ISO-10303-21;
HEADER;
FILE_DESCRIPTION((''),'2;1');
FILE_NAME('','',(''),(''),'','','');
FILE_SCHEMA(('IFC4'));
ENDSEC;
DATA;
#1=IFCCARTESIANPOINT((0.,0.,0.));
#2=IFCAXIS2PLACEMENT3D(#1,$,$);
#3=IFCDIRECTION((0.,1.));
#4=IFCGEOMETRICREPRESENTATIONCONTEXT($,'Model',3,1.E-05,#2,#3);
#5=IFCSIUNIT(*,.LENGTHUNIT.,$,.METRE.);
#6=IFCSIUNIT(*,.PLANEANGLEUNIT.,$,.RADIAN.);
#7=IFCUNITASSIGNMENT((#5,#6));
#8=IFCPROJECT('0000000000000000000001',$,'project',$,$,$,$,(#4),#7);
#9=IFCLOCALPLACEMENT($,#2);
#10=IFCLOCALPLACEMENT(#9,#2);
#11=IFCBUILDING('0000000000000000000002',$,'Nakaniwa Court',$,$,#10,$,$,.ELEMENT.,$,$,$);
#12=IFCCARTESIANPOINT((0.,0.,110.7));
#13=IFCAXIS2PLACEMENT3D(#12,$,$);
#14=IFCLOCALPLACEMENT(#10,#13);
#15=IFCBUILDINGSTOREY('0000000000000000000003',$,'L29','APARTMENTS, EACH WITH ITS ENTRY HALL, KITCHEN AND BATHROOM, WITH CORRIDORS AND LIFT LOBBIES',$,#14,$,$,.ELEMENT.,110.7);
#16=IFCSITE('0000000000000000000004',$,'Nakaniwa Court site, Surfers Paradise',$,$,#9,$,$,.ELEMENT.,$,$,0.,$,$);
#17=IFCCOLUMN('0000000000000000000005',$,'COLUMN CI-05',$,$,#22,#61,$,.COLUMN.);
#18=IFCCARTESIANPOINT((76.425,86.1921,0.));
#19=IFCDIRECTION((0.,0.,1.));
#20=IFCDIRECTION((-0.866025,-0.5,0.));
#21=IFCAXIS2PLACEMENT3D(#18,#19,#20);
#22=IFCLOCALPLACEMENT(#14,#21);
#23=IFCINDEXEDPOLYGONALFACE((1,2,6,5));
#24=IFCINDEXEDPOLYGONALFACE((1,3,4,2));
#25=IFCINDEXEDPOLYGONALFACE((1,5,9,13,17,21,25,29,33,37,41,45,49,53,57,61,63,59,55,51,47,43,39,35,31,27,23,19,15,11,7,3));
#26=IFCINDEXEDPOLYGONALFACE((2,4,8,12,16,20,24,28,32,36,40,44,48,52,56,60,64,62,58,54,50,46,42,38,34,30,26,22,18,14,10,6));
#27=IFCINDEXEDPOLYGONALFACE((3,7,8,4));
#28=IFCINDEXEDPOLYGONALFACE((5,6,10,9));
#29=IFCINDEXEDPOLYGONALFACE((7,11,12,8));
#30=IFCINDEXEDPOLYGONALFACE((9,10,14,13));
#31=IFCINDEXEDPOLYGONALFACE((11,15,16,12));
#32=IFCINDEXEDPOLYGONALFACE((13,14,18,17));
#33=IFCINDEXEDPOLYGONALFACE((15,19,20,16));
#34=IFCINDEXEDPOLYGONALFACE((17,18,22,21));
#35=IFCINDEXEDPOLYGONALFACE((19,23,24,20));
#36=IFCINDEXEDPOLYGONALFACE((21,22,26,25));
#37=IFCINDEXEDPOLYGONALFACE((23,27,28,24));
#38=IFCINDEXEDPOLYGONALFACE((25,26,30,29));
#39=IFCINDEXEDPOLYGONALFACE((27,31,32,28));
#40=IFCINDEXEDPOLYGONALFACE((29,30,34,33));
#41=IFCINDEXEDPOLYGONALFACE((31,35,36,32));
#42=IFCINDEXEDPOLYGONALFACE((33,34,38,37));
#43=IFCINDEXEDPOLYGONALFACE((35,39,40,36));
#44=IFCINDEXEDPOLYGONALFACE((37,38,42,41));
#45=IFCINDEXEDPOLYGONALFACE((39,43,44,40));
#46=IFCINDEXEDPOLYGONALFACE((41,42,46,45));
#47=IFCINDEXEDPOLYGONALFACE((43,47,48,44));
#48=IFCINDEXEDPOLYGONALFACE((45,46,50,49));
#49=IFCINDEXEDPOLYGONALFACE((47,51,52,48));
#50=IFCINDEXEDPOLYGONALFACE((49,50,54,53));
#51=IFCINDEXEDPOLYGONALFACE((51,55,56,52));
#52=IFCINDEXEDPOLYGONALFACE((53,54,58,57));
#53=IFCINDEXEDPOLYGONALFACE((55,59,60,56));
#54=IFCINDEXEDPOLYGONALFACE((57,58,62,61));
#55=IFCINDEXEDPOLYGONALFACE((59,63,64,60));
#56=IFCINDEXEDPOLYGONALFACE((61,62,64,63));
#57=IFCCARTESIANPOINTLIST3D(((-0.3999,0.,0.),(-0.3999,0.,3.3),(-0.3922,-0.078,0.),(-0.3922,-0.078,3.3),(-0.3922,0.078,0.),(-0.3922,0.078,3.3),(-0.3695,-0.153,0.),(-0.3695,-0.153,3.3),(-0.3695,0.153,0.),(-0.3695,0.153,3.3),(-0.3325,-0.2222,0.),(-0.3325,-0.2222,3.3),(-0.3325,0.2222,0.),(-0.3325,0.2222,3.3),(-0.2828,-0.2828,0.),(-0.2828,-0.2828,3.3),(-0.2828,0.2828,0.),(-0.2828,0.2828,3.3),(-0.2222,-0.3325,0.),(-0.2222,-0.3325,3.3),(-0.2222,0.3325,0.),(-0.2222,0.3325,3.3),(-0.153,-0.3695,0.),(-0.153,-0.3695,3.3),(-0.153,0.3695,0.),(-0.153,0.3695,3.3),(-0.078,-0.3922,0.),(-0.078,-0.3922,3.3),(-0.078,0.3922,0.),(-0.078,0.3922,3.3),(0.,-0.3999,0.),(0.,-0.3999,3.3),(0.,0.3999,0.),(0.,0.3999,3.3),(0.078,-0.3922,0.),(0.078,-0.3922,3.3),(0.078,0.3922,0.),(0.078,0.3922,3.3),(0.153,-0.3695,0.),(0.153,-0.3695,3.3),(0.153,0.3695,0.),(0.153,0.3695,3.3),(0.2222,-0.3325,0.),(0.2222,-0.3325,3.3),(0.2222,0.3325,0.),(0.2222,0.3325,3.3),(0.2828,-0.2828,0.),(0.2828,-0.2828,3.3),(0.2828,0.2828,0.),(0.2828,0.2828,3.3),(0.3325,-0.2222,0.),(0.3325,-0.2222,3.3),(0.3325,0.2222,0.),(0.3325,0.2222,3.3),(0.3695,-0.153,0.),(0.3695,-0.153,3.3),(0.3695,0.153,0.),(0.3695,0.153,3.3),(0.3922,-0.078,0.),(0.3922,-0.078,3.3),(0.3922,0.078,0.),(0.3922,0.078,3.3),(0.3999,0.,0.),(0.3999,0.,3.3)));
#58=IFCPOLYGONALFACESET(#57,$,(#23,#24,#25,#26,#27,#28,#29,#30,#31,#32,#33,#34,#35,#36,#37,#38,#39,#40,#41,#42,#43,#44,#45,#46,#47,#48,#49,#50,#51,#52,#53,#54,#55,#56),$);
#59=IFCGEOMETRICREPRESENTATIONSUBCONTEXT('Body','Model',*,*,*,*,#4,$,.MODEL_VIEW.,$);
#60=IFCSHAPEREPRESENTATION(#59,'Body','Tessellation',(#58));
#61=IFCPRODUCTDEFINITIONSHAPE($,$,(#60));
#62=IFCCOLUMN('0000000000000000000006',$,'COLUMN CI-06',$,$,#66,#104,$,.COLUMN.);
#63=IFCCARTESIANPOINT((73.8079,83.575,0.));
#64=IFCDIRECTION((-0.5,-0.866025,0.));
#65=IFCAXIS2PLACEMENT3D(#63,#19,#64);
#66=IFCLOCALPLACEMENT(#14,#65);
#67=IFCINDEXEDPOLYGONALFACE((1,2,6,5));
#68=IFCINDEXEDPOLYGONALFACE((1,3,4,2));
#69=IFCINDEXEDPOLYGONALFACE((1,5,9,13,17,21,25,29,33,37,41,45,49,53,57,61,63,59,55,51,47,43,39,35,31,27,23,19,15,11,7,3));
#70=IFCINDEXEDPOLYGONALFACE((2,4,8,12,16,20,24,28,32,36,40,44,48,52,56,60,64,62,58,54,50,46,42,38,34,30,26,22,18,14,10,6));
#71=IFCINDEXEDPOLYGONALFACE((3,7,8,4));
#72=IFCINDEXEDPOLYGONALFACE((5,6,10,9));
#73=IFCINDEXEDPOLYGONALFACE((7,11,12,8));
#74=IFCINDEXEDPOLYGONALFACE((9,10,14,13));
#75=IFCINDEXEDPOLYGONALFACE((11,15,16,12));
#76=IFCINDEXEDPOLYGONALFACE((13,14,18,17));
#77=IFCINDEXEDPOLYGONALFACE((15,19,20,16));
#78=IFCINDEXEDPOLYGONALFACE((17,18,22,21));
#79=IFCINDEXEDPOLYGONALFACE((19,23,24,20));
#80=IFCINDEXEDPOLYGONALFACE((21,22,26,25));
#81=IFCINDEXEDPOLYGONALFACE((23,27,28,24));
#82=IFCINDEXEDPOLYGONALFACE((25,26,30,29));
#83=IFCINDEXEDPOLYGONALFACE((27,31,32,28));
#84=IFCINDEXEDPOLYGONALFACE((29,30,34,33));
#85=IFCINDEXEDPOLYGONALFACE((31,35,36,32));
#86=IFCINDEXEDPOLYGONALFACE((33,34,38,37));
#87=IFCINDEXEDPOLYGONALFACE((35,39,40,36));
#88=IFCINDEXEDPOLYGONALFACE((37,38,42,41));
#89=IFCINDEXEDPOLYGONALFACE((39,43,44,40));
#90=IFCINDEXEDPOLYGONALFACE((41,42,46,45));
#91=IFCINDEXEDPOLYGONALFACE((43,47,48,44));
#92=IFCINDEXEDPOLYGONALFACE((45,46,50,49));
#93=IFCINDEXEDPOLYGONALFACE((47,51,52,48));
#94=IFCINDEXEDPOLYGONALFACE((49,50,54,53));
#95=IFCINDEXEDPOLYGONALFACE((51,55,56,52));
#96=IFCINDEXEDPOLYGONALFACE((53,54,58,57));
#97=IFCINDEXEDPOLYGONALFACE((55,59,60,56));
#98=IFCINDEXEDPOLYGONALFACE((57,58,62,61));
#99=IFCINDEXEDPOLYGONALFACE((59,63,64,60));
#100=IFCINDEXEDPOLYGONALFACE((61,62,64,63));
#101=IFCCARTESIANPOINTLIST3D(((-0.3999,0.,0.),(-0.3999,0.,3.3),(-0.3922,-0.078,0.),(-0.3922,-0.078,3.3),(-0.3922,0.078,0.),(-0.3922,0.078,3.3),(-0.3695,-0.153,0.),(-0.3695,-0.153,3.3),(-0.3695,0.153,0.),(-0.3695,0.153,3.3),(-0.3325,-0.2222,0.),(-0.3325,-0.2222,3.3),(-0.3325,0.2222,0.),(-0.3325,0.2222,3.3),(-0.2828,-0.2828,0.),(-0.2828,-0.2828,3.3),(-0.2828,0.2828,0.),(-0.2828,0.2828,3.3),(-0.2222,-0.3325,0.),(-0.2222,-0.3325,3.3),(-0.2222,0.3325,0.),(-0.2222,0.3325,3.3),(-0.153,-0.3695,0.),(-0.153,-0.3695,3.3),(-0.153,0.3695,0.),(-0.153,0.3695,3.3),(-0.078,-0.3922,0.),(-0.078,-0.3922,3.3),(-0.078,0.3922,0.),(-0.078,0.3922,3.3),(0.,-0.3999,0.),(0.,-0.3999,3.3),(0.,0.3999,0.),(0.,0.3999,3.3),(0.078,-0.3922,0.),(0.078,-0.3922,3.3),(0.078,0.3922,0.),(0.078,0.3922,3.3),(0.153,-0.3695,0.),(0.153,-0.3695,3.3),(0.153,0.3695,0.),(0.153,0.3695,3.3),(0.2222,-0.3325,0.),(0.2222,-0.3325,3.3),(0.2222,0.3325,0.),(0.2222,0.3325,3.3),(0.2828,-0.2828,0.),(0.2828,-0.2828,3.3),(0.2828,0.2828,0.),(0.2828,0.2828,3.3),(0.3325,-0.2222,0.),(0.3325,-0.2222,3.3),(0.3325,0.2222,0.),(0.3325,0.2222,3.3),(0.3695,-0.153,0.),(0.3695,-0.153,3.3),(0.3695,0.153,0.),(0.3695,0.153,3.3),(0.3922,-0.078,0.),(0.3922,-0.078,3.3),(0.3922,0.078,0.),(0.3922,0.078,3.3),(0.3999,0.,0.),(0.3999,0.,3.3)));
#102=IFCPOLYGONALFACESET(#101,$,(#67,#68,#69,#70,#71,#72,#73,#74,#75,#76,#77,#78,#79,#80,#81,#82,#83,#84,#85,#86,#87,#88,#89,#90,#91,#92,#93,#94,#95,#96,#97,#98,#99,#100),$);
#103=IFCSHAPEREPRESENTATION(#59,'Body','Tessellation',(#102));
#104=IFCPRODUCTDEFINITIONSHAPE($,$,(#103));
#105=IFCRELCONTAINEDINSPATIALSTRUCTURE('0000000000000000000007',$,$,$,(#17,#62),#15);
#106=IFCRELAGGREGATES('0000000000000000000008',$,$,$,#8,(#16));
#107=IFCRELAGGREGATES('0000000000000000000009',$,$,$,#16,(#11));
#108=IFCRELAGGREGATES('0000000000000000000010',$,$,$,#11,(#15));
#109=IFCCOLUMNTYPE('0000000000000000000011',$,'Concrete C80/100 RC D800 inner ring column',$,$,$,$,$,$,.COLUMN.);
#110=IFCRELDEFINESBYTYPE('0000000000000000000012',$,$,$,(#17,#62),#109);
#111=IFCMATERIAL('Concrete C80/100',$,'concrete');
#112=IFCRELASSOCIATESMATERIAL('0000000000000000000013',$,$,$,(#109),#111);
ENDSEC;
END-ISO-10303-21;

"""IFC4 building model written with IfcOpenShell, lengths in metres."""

from ifc_helpers import new_model, si_unit, direction, frame, origin, origin_2d, place, context, subcontext, project, spatial, circle, extrude, material, material_profile, profile_set, type_object, element, save


model = new_model("IFC4")

# Units and contexts
model_context = context("Model", 3, precision=1e-05, world=origin(), true_north=direction((0.0, 1.0)))
body_context = subcontext(model_context, "Body", "Model", "MODEL_VIEW")
ifc_project = project(units=[si_unit("LENGTHUNIT", "METRE"), si_unit("PLANEANGLEUNIT", "RADIAN")], contexts=[model_context])

# Site, building, storey
site_placement = place(None, origin())
site = spatial("IfcSite", under=ifc_project, at=site_placement, Name="Nakaniwa Court site, Surfers Paradise", CompositionType="ELEMENT", RefElevation=0.0)
building_placement = place(site_placement, origin())
building = spatial("IfcBuilding", under=site, at=building_placement, Name="Nakaniwa Court", CompositionType="ELEMENT")
storey_placement = place(building_placement, frame((0.0, 0.0, 110.7)))
storey = spatial("IfcBuildingStorey", under=building, at=storey_placement, Name="L29", Description="APARTMENTS, EACH WITH ITS ENTRY HALL, KITCHEN AND BATHROOM, WITH CORRIDORS AND LIFT LOBBIES", CompositionType="ELEMENT", Elevation=110.7)

# Columns
ifc_material_1 = material(Name="Concrete C80/100", Category="concrete")
ifc_material_profile_1 = material_profile(ifc_material_1, circle(Radius=0.3999, at=origin_2d()), Name="Concrete C80/100 RC D800 inner ring column")
ifc_profile_set_1 = profile_set([ifc_material_profile_1], Name="Concrete C80/100")
column_type_1 = type_object("IfcColumnType", Name="Concrete C80/100 RC D800 inner ring column", PredefinedType="COLUMN", material=ifc_profile_set_1)
for number, where, z_axis, x_axis, name in (
    (1, (76.425, 86.1921, 0.0), (0.0, 0.0, 1.0), (-0.866025, -0.5, 0.0), "COLUMN CI-05"),
    (2, (73.8079, 83.575, 0.0), (0.0, 0.0, 1.0), (-0.5, -0.866025, 0.0), "COLUMN CI-06"),
):
    element("IfcColumn", number, at=place(storey_placement, frame(where, z_axis=z_axis, x_axis=x_axis)), inside=storey, type_object=column_type_1, Name=name, PredefinedType="COLUMN", context=body_context, shape_type="SweptSolid", body=[
        extrude(circle(Radius=0.3999, at=origin_2d()), origin(), (0.0, 0.0, 1.0), 3.3),
    ])

save(model, "model.ifc")
